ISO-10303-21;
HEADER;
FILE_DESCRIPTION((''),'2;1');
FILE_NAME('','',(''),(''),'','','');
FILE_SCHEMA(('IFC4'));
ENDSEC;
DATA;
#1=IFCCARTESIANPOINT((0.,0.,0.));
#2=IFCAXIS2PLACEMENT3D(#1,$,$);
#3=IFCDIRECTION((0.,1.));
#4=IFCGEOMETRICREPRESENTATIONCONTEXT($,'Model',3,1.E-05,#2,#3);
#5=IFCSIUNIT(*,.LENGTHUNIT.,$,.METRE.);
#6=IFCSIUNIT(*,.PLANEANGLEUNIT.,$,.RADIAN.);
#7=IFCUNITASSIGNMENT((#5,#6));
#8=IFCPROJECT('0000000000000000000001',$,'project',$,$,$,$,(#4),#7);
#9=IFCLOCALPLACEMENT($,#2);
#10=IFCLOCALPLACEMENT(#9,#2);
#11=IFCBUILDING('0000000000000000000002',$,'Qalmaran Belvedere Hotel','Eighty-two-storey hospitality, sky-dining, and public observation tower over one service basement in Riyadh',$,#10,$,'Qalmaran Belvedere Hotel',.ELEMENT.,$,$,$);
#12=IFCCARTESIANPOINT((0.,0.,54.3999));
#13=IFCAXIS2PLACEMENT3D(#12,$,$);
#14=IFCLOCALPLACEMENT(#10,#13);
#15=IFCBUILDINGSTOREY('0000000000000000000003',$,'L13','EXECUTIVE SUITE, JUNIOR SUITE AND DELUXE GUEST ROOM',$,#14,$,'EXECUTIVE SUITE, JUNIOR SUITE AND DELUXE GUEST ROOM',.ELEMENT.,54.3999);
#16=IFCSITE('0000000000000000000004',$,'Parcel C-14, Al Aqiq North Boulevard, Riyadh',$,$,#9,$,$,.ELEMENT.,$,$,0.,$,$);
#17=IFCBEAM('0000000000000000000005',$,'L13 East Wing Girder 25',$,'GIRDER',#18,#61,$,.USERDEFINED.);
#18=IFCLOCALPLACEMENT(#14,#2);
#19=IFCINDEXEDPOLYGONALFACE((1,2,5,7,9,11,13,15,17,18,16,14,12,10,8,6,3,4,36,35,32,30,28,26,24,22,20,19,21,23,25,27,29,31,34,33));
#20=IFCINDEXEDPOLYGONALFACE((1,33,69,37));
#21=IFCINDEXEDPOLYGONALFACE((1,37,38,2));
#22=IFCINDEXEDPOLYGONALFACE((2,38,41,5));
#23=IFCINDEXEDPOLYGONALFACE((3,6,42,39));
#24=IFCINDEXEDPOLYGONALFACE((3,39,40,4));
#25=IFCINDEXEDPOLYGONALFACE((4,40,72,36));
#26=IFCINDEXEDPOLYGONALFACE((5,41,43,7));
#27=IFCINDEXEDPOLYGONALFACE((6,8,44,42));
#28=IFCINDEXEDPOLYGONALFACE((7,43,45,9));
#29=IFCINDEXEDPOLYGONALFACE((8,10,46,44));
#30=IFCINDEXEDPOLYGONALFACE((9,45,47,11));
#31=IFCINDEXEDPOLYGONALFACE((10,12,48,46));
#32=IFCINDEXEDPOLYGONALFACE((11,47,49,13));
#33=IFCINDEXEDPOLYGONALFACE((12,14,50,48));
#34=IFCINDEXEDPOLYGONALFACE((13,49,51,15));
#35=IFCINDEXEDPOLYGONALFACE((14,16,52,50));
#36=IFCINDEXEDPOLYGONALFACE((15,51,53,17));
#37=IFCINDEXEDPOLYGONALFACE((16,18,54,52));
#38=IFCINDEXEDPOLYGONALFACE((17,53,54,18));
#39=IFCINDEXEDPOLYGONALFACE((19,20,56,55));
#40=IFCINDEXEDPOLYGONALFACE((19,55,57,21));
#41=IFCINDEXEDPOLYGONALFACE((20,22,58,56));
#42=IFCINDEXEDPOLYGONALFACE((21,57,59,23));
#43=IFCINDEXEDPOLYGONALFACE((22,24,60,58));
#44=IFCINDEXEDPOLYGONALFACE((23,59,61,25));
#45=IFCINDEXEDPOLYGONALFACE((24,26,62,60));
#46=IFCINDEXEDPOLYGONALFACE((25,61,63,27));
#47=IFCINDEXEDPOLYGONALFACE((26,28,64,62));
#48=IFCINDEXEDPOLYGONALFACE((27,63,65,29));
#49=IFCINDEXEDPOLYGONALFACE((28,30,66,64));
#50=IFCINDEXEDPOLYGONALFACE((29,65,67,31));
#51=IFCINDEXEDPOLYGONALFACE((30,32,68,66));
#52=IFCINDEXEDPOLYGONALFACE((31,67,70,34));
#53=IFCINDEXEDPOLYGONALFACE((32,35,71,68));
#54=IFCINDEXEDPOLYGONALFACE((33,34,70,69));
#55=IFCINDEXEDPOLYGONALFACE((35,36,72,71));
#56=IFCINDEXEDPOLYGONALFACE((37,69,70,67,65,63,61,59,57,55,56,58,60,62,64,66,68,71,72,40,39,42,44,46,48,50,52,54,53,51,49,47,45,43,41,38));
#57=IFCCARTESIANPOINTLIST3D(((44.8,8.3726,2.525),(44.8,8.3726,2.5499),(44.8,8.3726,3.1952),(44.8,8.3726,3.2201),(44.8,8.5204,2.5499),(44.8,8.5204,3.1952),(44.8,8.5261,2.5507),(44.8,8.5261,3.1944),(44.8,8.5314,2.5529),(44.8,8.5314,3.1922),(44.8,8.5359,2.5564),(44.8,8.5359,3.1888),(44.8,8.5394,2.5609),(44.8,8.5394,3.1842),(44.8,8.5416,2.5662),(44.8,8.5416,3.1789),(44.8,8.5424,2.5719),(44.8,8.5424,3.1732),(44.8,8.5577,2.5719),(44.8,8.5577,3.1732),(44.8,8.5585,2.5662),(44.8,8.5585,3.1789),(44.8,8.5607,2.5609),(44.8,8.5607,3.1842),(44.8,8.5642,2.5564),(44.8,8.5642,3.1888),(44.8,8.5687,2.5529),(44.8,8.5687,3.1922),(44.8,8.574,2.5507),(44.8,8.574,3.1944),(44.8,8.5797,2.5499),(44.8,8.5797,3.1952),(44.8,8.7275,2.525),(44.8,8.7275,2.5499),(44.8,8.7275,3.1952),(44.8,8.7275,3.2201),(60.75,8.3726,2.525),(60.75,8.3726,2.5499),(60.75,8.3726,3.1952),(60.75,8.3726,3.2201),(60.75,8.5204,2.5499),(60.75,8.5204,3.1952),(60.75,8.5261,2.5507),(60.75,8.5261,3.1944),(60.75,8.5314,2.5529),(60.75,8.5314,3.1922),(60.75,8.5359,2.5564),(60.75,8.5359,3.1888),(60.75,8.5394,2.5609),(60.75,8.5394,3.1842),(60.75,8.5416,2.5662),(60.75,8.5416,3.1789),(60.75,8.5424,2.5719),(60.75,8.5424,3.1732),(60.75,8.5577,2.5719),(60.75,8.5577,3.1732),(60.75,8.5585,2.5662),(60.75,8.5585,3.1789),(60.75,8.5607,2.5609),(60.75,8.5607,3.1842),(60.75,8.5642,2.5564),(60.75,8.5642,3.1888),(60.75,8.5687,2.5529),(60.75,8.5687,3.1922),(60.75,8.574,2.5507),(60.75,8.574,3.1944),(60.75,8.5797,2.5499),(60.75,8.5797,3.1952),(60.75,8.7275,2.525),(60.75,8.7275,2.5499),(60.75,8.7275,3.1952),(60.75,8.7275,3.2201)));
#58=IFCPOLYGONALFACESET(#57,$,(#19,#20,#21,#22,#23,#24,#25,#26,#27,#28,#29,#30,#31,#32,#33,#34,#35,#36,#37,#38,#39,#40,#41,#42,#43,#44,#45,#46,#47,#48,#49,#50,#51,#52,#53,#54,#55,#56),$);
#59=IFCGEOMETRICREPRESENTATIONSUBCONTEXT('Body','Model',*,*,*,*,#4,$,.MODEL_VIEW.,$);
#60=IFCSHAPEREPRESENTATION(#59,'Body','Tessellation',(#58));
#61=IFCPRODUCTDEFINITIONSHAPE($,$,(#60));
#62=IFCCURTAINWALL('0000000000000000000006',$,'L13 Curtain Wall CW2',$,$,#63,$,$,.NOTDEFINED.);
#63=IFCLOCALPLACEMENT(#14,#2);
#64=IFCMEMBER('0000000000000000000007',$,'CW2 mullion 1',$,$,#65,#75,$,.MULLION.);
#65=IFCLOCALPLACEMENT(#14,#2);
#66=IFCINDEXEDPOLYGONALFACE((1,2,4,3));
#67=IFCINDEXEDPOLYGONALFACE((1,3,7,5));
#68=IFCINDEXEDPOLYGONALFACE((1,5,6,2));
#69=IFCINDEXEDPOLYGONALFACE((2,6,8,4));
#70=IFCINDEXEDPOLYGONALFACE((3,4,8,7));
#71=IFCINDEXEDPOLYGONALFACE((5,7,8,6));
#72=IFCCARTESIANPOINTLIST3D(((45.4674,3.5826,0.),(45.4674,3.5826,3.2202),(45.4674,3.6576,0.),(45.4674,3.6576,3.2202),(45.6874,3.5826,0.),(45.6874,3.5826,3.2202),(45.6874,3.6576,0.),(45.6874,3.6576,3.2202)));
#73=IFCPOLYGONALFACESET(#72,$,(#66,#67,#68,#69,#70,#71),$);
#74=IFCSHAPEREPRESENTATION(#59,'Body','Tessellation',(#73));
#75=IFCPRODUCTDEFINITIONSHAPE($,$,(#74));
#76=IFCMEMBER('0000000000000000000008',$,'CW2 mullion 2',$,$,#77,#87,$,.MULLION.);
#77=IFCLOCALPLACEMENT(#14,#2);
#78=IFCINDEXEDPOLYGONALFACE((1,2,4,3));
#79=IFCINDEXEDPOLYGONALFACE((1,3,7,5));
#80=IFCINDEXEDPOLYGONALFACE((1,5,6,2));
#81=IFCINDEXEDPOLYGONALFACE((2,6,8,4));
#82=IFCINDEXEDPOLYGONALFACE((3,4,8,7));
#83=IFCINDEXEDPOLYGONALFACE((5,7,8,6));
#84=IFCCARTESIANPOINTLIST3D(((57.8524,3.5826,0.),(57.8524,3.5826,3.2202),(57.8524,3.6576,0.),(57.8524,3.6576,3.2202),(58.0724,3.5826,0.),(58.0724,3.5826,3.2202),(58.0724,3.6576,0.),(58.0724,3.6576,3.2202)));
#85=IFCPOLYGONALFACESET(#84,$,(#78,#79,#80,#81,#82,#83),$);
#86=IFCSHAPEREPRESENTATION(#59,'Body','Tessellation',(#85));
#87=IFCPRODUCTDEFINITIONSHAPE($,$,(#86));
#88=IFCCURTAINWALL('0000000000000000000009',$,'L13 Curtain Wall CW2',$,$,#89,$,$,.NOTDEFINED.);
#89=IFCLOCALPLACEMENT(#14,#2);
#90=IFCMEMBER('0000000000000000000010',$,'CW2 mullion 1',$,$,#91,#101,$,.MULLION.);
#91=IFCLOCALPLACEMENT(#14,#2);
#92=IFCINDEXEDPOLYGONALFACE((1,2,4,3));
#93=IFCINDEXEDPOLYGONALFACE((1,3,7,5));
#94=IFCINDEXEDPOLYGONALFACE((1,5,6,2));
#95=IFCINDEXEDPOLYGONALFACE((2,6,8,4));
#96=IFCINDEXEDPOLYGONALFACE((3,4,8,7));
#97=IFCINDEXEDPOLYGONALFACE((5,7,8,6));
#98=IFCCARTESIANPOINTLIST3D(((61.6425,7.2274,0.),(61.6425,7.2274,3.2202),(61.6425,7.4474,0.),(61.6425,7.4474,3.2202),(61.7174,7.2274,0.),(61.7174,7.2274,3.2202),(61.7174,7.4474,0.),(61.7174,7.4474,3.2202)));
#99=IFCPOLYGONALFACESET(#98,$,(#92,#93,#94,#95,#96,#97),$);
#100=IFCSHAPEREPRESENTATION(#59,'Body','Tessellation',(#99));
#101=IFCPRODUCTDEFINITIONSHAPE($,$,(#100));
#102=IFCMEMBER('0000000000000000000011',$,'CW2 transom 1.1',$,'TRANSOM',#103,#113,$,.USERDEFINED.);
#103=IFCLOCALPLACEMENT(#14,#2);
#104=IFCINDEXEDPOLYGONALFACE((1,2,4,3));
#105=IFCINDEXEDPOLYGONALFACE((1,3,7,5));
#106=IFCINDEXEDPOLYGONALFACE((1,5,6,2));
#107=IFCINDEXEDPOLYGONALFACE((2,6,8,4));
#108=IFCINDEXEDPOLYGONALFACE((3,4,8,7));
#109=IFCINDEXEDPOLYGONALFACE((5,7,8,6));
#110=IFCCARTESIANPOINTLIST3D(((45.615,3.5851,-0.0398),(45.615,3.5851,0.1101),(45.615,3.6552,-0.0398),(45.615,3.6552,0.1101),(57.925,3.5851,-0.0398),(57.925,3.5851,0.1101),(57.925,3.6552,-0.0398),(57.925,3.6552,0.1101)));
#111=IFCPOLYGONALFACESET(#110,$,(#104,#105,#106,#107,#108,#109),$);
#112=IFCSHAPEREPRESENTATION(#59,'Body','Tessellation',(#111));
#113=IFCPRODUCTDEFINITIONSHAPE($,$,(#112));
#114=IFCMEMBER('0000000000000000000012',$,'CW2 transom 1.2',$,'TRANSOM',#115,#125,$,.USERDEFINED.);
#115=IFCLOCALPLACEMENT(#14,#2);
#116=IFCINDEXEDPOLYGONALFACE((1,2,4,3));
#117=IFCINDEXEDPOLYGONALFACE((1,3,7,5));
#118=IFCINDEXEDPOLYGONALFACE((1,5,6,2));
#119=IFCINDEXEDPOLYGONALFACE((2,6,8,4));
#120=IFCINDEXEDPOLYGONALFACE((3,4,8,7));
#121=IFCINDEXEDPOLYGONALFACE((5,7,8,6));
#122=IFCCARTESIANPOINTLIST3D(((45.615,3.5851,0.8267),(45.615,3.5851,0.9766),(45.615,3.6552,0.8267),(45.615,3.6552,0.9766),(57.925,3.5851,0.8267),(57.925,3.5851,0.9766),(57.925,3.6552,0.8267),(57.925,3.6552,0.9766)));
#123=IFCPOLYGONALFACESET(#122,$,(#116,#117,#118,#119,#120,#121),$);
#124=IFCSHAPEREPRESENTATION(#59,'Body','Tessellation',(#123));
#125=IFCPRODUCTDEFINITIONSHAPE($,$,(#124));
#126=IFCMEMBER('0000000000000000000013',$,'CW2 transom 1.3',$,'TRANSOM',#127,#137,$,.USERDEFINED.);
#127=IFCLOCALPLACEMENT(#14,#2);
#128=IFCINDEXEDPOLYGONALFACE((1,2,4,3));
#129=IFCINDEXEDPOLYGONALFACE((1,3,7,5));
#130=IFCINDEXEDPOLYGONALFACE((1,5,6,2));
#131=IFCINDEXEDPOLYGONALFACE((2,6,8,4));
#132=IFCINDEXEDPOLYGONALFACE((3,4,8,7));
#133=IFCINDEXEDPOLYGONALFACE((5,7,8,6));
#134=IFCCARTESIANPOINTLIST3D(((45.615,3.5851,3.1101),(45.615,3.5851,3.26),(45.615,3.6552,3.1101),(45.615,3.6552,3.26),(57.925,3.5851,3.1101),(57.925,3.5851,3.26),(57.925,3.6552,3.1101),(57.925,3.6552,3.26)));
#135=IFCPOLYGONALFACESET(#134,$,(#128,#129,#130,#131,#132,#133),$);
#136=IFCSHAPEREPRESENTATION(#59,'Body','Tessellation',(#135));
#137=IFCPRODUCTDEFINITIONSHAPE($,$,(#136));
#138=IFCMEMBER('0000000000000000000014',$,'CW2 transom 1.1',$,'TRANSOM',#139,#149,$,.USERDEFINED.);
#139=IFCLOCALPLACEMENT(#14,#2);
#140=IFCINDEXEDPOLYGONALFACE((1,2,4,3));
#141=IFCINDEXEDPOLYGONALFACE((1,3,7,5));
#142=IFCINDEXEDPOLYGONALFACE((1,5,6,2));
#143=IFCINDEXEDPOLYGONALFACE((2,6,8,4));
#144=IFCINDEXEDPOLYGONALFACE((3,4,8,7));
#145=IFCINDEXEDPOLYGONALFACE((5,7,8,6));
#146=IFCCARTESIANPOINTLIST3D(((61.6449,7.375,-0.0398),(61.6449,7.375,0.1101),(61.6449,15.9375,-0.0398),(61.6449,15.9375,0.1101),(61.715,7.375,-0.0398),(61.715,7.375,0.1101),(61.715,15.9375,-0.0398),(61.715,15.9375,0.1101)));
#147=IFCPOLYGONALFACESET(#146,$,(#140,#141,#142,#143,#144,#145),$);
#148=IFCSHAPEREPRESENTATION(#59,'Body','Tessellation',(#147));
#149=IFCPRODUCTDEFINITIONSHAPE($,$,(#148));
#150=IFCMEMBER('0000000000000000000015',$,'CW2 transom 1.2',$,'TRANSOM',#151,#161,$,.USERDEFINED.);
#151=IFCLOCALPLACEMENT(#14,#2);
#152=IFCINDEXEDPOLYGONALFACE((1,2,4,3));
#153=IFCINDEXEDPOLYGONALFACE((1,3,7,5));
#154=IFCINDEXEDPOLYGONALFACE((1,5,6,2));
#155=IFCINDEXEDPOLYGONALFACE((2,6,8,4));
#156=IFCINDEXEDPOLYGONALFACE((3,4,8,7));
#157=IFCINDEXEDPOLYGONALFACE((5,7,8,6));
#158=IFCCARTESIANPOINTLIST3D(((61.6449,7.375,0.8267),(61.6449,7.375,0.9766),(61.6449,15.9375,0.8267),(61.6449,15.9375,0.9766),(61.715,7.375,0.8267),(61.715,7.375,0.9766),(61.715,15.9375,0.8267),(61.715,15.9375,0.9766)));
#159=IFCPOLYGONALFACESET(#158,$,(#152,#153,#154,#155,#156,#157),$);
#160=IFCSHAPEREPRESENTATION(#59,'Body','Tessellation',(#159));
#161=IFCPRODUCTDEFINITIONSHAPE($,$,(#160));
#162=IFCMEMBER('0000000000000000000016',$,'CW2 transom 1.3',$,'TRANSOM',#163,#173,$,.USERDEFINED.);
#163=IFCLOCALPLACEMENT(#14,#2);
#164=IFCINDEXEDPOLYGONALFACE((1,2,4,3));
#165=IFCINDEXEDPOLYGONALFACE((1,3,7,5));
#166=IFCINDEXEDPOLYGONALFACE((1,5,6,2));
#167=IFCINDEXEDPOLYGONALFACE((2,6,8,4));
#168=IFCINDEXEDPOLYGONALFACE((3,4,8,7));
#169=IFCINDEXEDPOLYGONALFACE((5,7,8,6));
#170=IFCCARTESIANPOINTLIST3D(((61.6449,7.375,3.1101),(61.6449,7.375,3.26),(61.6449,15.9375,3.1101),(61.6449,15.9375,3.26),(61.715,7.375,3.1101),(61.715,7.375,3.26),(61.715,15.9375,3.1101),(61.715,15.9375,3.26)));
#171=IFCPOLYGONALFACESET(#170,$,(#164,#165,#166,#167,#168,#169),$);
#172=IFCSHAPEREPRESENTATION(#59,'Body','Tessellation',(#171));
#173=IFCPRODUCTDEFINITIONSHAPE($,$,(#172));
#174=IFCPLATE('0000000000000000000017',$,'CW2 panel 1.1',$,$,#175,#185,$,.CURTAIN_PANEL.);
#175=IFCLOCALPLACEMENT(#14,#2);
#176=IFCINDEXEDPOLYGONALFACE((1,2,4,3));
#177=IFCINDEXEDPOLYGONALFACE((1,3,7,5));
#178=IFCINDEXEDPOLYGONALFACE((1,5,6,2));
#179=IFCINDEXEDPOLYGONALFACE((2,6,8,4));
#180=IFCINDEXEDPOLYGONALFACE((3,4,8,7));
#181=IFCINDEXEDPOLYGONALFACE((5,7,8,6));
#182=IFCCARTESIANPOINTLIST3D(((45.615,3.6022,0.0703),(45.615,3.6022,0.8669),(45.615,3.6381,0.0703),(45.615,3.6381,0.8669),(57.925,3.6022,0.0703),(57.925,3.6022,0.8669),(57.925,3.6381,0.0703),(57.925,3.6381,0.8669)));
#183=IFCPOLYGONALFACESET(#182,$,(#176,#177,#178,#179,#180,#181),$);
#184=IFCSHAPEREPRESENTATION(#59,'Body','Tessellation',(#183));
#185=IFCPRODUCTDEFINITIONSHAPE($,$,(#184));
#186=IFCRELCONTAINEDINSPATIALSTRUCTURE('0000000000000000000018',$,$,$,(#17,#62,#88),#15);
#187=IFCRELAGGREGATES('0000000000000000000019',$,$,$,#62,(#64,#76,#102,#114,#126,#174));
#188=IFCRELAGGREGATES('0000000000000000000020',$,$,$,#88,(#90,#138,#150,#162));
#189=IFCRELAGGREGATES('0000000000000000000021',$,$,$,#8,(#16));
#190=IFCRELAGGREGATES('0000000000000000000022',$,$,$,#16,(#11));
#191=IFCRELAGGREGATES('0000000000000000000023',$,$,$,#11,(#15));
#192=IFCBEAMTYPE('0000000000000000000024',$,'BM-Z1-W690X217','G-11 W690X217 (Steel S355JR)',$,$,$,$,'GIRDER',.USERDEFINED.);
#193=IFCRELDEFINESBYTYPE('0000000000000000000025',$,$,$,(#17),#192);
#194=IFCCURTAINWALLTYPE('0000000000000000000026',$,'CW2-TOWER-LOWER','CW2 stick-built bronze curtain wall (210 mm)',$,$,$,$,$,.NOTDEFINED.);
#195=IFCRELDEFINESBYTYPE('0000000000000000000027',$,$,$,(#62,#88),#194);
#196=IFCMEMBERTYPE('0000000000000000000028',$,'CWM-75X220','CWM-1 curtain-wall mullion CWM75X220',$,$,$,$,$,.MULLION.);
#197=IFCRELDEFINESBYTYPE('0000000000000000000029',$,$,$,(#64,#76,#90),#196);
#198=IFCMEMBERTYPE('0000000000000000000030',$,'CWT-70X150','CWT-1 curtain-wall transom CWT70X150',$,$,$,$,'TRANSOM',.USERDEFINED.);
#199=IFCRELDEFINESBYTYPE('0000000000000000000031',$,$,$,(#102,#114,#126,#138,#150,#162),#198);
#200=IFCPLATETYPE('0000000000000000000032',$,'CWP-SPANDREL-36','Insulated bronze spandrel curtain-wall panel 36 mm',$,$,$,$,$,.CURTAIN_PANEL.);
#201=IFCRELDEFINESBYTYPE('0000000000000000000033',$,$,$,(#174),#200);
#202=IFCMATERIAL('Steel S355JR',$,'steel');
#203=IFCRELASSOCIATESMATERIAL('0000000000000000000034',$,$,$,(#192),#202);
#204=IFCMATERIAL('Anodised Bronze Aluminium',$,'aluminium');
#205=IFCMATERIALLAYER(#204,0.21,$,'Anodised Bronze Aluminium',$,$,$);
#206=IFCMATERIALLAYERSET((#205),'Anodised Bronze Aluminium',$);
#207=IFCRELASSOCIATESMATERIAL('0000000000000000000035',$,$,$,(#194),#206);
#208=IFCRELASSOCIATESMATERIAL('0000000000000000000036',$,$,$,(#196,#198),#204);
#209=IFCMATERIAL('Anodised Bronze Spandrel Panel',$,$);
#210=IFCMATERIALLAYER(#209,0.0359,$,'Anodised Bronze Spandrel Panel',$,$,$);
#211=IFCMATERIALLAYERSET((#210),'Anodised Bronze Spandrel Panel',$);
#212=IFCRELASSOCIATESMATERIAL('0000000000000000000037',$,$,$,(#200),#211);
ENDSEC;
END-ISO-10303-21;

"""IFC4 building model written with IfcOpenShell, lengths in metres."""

from ifc_helpers import new_model, si_unit, direction, frame, origin, origin_2d, place, context, subcontext, project, spatial, rectangle, i_section, extrude, material, layer, layer_set, material_profile, profile_set, type_object, element, aggregate, save


model = new_model("IFC4")

# Units and contexts
model_context = context("Model", 3, precision=1e-05, world=origin(), true_north=direction((0.0, 1.0)))
body_context = subcontext(model_context, "Body", "Model", "MODEL_VIEW")
ifc_project = project(units=[si_unit("LENGTHUNIT", "METRE"), si_unit("PLANEANGLEUNIT", "RADIAN")], contexts=[model_context])

# Site, building, storey
site_placement = place(None, origin())
site = spatial("IfcSite", under=ifc_project, at=site_placement, Name="Parcel C-14, Al Aqiq North Boulevard, Riyadh", CompositionType="ELEMENT", RefElevation=0.0)
building_placement = place(site_placement, origin())
building = spatial("IfcBuilding", under=site, at=building_placement, Name="Qalmaran Belvedere Hotel", Description="Eighty-two-storey hospitality, sky-dining, and public observation tower over one service basement in Riyadh", LongName="Qalmaran Belvedere Hotel", CompositionType="ELEMENT")
storey_placement = place(building_placement, frame((0.0, 0.0, 54.3999)))
storey = spatial("IfcBuildingStorey", under=building, at=storey_placement, Name="L13", Description="EXECUTIVE SUITE, JUNIOR SUITE AND DELUXE GUEST ROOM", LongName="EXECUTIVE SUITE, JUNIOR SUITE AND DELUXE GUEST ROOM", CompositionType="ELEMENT", Elevation=54.3999)

# Beam
ifc_material_1 = material(Name="Steel S355JR", Category="steel")
ifc_material_profile_1 = material_profile(ifc_material_1, i_section(OverallWidth=0.355, OverallDepth=0.6951, WebThickness=0.0154, FlangeThickness=0.0249, FilletRadius=0.022, at=origin_2d()), Name="W690X217")
ifc_profile_set_1 = profile_set([ifc_material_profile_1], Name="Steel S355JR")
beam_type_1 = type_object("IfcBeamType", Name="BM-Z1-W690X217", Description="G-11 W690X217 (Steel S355JR)", ElementType="GIRDER", PredefinedType="USERDEFINED", material=ifc_profile_set_1)
beam_1_placement = place(storey_placement, frame((44.8, 8.55, 2.8726), z_axis=(1.0, 0.0, 0.0), x_axis=(0.0, 1.0, 0.0)))
element("IfcBeam", 1, at=beam_1_placement, inside=storey, type_object=beam_type_1, Name="L13 East Wing Girder 25", ObjectType="GIRDER", PredefinedType="USERDEFINED", context=body_context, shape_type="SweptSolid", body=[
    extrude(i_section(OverallWidth=0.355, OverallDepth=0.6951, WebThickness=0.0154, FlangeThickness=0.0249, FilletRadius=0.022, at=origin_2d()), origin(), (0.0, 0.0, 1.0), 15.95),
])

# Curtain wall, members
ifc_material_2 = material(Name="Anodised Bronze Aluminium", Category="aluminium")
ifc_layer_1 = layer(ifc_material_2, 0.21, Name="Anodised Bronze Aluminium")
ifc_layer_set_1 = layer_set([ifc_layer_1], Name="Anodised Bronze Aluminium")
curtain_wall_type = type_object("IfcCurtainWallType", Name="CW2-TOWER-LOWER", Description="CW2 stick-built bronze curtain wall (210 mm)", PredefinedType="NOTDEFINED", material=ifc_layer_set_1)
curtain_wall_1_placement = place(storey_placement, origin())
curtain_wall_1 = element("IfcCurtainWall", 2, at=curtain_wall_1_placement, inside=storey, type_object=curtain_wall_type, Name="L13 Curtain Wall CW2", PredefinedType="NOTDEFINED")
ifc_material_profile_2 = material_profile(ifc_material_2, rectangle(XDim=0.075, YDim=0.22, at=origin_2d()), Name="CWM75X220")
ifc_profile_set_2 = profile_set([ifc_material_profile_2], Name="Anodised Bronze Aluminium")
member_type_1 = type_object("IfcMemberType", Name="CWM-75X220", Description="CWM-1 curtain-wall mullion CWM75X220", PredefinedType="MULLION", material=ifc_profile_set_2)
member_1_placement = place(storey_placement, frame((45.5774, 3.6201, 0.0), z_axis=(0.0, 0.0, 1.0), x_axis=(0.0, 1.0, 0.0)))
member_1 = element("IfcMember", 3, at=member_1_placement, type_object=member_type_1, Name="CW2 mullion 1", PredefinedType="MULLION", context=body_context, shape_type="SweptSolid", body=[
    extrude(rectangle(XDim=0.075, YDim=0.22, at=origin_2d()), origin(), (0.0, 0.0, 1.0), 3.2202),
])
member_2_placement = place(storey_placement, frame((57.9624, 3.6201, 0.0), z_axis=(0.0, 0.0, 1.0), x_axis=(0.0, 1.0, 0.0)))
member_2 = element("IfcMember", 4, at=member_2_placement, type_object=member_type_1, Name="CW2 mullion 2", PredefinedType="MULLION", context=body_context, shape_type="SweptSolid", body=[
    extrude(rectangle(XDim=0.075, YDim=0.22, at=origin_2d()), origin(), (0.0, 0.0, 1.0), 3.2202),
])

# Curtain wall, member
curtain_wall_2_placement = place(storey_placement, origin())
curtain_wall_2 = element("IfcCurtainWall", 5, at=curtain_wall_2_placement, inside=storey, type_object=curtain_wall_type, Name="L13 Curtain Wall CW2", PredefinedType="NOTDEFINED")
member_3_placement = place(storey_placement, frame((61.6799, 7.3374, 0.0), z_axis=(0.0, 0.0, 1.0), x_axis=(-1.0, 0.0, 0.0)))
member_3 = element("IfcMember", 6, at=member_3_placement, type_object=member_type_1, Name="CW2 mullion 1", PredefinedType="MULLION", context=body_context, shape_type="SweptSolid", body=[
    extrude(rectangle(XDim=0.075, YDim=0.22, at=origin_2d()), origin(), (0.0, 0.0, 1.0), 3.2202),
])

# Members
ifc_material_profile_3 = material_profile(ifc_material_2, rectangle(XDim=0.0701, YDim=0.1499, at=origin_2d()), Name="CWT70X150")
ifc_profile_set_3 = profile_set([ifc_material_profile_3], Name="Anodised Bronze Aluminium")
member_type_2 = type_object("IfcMemberType", Name="CWT-70X150", Description="CWT-1 curtain-wall transom CWT70X150", ElementType="TRANSOM", PredefinedType="USERDEFINED", material=ifc_profile_set_3)
member_4_placement = place(storey_placement, frame((45.615, 3.6201, 0.0352), z_axis=(1.0, 0.0, 0.0), x_axis=(0.0, 1.0, 0.0)))
member_4 = element("IfcMember", 7, at=member_4_placement, type_object=member_type_2, Name="CW2 transom 1.1", ObjectType="TRANSOM", PredefinedType="USERDEFINED", context=body_context, shape_type="SweptSolid", body=[
    extrude(rectangle(XDim=0.0701, YDim=0.1499, at=origin_2d()), origin(), (0.0, 0.0, 1.0), 12.3101),
])
member_5_placement = place(storey_placement, frame((45.615, 3.6201, 0.9016), z_axis=(1.0, 0.0, 0.0), x_axis=(0.0, 1.0, 0.0)))
member_5 = element("IfcMember", 8, at=member_5_placement, type_object=member_type_2, Name="CW2 transom 1.2", ObjectType="TRANSOM", PredefinedType="USERDEFINED", context=body_context, shape_type="SweptSolid", body=[
    extrude(rectangle(XDim=0.0701, YDim=0.1499, at=origin_2d()), origin(), (0.0, 0.0, 1.0), 12.3101),
])
member_6_placement = place(storey_placement, frame((45.615, 3.6201, 3.1851), z_axis=(1.0, 0.0, 0.0), x_axis=(0.0, 1.0, 0.0)))
member_6 = element("IfcMember", 9, at=member_6_placement, type_object=member_type_2, Name="CW2 transom 1.3", ObjectType="TRANSOM", PredefinedType="USERDEFINED", context=body_context, shape_type="SweptSolid", body=[
    extrude(rectangle(XDim=0.0701, YDim=0.1499, at=origin_2d()), origin(), (0.0, 0.0, 1.0), 12.3101),
])
member_7_placement = place(storey_placement, frame((61.6799, 7.375, 0.0352), z_axis=(0.0, 1.0, 0.0), x_axis=(-1.0, 0.0, 0.0)))
member_7 = element("IfcMember", 10, at=member_7_placement, type_object=member_type_2, Name="CW2 transom 1.1", ObjectType="TRANSOM", PredefinedType="USERDEFINED", context=body_context, shape_type="SweptSolid", body=[
    extrude(rectangle(XDim=0.0701, YDim=0.1499, at=origin_2d()), origin(), (0.0, 0.0, 1.0), 8.5625),
])
member_8_placement = place(storey_placement, frame((61.6799, 7.375, 0.9016), z_axis=(0.0, 1.0, 0.0), x_axis=(-1.0, 0.0, 0.0)))
member_8 = element("IfcMember", 11, at=member_8_placement, type_object=member_type_2, Name="CW2 transom 1.2", ObjectType="TRANSOM", PredefinedType="USERDEFINED", context=body_context, shape_type="SweptSolid", body=[
    extrude(rectangle(XDim=0.0701, YDim=0.1499, at=origin_2d()), origin(), (0.0, 0.0, 1.0), 8.5625),
])
member_9_placement = place(storey_placement, frame((61.6799, 7.375, 3.1851), z_axis=(0.0, 1.0, 0.0), x_axis=(-1.0, 0.0, 0.0)))
member_9 = element("IfcMember", 12, at=member_9_placement, type_object=member_type_2, Name="CW2 transom 1.3", ObjectType="TRANSOM", PredefinedType="USERDEFINED", context=body_context, shape_type="SweptSolid", body=[
    extrude(rectangle(XDim=0.0701, YDim=0.1499, at=origin_2d()), origin(), (0.0, 0.0, 1.0), 8.5625),
])

# Plate
ifc_material_3 = material(Name="Anodised Bronze Spandrel Panel")
ifc_layer_2 = layer(ifc_material_3, 0.0359, Name="Anodised Bronze Spandrel Panel")
ifc_layer_set_2 = layer_set([ifc_layer_2], Name="Anodised Bronze Spandrel Panel")
plate_type_1 = type_object("IfcPlateType", Name="CWP-SPANDREL-36", Description="Insulated bronze spandrel curtain-wall panel 36 mm", PredefinedType="CURTAIN_PANEL", material=ifc_layer_set_2)
plate_1_placement = place(storey_placement, frame((51.77, 3.6201, 0.0703), z_axis=(0.0, 0.0, 1.0), x_axis=(1.0, 0.0, 0.0)))
plate_1 = element("IfcPlate", 13, at=plate_1_placement, type_object=plate_type_1, Name="CW2 panel 1.1", PredefinedType="CURTAIN_PANEL", context=body_context, shape_type="SweptSolid", body=[
    extrude(rectangle(XDim=12.3101, YDim=0.0359, at=origin_2d()), origin(), (0.0, 0.0, 1.0), 0.7966),
])
aggregate(curtain_wall_1, [member_1, member_2, member_4, member_5, member_6, plate_1])
aggregate(curtain_wall_2, [member_3, member_7, member_8, member_9])

save(model, "model.ifc")
